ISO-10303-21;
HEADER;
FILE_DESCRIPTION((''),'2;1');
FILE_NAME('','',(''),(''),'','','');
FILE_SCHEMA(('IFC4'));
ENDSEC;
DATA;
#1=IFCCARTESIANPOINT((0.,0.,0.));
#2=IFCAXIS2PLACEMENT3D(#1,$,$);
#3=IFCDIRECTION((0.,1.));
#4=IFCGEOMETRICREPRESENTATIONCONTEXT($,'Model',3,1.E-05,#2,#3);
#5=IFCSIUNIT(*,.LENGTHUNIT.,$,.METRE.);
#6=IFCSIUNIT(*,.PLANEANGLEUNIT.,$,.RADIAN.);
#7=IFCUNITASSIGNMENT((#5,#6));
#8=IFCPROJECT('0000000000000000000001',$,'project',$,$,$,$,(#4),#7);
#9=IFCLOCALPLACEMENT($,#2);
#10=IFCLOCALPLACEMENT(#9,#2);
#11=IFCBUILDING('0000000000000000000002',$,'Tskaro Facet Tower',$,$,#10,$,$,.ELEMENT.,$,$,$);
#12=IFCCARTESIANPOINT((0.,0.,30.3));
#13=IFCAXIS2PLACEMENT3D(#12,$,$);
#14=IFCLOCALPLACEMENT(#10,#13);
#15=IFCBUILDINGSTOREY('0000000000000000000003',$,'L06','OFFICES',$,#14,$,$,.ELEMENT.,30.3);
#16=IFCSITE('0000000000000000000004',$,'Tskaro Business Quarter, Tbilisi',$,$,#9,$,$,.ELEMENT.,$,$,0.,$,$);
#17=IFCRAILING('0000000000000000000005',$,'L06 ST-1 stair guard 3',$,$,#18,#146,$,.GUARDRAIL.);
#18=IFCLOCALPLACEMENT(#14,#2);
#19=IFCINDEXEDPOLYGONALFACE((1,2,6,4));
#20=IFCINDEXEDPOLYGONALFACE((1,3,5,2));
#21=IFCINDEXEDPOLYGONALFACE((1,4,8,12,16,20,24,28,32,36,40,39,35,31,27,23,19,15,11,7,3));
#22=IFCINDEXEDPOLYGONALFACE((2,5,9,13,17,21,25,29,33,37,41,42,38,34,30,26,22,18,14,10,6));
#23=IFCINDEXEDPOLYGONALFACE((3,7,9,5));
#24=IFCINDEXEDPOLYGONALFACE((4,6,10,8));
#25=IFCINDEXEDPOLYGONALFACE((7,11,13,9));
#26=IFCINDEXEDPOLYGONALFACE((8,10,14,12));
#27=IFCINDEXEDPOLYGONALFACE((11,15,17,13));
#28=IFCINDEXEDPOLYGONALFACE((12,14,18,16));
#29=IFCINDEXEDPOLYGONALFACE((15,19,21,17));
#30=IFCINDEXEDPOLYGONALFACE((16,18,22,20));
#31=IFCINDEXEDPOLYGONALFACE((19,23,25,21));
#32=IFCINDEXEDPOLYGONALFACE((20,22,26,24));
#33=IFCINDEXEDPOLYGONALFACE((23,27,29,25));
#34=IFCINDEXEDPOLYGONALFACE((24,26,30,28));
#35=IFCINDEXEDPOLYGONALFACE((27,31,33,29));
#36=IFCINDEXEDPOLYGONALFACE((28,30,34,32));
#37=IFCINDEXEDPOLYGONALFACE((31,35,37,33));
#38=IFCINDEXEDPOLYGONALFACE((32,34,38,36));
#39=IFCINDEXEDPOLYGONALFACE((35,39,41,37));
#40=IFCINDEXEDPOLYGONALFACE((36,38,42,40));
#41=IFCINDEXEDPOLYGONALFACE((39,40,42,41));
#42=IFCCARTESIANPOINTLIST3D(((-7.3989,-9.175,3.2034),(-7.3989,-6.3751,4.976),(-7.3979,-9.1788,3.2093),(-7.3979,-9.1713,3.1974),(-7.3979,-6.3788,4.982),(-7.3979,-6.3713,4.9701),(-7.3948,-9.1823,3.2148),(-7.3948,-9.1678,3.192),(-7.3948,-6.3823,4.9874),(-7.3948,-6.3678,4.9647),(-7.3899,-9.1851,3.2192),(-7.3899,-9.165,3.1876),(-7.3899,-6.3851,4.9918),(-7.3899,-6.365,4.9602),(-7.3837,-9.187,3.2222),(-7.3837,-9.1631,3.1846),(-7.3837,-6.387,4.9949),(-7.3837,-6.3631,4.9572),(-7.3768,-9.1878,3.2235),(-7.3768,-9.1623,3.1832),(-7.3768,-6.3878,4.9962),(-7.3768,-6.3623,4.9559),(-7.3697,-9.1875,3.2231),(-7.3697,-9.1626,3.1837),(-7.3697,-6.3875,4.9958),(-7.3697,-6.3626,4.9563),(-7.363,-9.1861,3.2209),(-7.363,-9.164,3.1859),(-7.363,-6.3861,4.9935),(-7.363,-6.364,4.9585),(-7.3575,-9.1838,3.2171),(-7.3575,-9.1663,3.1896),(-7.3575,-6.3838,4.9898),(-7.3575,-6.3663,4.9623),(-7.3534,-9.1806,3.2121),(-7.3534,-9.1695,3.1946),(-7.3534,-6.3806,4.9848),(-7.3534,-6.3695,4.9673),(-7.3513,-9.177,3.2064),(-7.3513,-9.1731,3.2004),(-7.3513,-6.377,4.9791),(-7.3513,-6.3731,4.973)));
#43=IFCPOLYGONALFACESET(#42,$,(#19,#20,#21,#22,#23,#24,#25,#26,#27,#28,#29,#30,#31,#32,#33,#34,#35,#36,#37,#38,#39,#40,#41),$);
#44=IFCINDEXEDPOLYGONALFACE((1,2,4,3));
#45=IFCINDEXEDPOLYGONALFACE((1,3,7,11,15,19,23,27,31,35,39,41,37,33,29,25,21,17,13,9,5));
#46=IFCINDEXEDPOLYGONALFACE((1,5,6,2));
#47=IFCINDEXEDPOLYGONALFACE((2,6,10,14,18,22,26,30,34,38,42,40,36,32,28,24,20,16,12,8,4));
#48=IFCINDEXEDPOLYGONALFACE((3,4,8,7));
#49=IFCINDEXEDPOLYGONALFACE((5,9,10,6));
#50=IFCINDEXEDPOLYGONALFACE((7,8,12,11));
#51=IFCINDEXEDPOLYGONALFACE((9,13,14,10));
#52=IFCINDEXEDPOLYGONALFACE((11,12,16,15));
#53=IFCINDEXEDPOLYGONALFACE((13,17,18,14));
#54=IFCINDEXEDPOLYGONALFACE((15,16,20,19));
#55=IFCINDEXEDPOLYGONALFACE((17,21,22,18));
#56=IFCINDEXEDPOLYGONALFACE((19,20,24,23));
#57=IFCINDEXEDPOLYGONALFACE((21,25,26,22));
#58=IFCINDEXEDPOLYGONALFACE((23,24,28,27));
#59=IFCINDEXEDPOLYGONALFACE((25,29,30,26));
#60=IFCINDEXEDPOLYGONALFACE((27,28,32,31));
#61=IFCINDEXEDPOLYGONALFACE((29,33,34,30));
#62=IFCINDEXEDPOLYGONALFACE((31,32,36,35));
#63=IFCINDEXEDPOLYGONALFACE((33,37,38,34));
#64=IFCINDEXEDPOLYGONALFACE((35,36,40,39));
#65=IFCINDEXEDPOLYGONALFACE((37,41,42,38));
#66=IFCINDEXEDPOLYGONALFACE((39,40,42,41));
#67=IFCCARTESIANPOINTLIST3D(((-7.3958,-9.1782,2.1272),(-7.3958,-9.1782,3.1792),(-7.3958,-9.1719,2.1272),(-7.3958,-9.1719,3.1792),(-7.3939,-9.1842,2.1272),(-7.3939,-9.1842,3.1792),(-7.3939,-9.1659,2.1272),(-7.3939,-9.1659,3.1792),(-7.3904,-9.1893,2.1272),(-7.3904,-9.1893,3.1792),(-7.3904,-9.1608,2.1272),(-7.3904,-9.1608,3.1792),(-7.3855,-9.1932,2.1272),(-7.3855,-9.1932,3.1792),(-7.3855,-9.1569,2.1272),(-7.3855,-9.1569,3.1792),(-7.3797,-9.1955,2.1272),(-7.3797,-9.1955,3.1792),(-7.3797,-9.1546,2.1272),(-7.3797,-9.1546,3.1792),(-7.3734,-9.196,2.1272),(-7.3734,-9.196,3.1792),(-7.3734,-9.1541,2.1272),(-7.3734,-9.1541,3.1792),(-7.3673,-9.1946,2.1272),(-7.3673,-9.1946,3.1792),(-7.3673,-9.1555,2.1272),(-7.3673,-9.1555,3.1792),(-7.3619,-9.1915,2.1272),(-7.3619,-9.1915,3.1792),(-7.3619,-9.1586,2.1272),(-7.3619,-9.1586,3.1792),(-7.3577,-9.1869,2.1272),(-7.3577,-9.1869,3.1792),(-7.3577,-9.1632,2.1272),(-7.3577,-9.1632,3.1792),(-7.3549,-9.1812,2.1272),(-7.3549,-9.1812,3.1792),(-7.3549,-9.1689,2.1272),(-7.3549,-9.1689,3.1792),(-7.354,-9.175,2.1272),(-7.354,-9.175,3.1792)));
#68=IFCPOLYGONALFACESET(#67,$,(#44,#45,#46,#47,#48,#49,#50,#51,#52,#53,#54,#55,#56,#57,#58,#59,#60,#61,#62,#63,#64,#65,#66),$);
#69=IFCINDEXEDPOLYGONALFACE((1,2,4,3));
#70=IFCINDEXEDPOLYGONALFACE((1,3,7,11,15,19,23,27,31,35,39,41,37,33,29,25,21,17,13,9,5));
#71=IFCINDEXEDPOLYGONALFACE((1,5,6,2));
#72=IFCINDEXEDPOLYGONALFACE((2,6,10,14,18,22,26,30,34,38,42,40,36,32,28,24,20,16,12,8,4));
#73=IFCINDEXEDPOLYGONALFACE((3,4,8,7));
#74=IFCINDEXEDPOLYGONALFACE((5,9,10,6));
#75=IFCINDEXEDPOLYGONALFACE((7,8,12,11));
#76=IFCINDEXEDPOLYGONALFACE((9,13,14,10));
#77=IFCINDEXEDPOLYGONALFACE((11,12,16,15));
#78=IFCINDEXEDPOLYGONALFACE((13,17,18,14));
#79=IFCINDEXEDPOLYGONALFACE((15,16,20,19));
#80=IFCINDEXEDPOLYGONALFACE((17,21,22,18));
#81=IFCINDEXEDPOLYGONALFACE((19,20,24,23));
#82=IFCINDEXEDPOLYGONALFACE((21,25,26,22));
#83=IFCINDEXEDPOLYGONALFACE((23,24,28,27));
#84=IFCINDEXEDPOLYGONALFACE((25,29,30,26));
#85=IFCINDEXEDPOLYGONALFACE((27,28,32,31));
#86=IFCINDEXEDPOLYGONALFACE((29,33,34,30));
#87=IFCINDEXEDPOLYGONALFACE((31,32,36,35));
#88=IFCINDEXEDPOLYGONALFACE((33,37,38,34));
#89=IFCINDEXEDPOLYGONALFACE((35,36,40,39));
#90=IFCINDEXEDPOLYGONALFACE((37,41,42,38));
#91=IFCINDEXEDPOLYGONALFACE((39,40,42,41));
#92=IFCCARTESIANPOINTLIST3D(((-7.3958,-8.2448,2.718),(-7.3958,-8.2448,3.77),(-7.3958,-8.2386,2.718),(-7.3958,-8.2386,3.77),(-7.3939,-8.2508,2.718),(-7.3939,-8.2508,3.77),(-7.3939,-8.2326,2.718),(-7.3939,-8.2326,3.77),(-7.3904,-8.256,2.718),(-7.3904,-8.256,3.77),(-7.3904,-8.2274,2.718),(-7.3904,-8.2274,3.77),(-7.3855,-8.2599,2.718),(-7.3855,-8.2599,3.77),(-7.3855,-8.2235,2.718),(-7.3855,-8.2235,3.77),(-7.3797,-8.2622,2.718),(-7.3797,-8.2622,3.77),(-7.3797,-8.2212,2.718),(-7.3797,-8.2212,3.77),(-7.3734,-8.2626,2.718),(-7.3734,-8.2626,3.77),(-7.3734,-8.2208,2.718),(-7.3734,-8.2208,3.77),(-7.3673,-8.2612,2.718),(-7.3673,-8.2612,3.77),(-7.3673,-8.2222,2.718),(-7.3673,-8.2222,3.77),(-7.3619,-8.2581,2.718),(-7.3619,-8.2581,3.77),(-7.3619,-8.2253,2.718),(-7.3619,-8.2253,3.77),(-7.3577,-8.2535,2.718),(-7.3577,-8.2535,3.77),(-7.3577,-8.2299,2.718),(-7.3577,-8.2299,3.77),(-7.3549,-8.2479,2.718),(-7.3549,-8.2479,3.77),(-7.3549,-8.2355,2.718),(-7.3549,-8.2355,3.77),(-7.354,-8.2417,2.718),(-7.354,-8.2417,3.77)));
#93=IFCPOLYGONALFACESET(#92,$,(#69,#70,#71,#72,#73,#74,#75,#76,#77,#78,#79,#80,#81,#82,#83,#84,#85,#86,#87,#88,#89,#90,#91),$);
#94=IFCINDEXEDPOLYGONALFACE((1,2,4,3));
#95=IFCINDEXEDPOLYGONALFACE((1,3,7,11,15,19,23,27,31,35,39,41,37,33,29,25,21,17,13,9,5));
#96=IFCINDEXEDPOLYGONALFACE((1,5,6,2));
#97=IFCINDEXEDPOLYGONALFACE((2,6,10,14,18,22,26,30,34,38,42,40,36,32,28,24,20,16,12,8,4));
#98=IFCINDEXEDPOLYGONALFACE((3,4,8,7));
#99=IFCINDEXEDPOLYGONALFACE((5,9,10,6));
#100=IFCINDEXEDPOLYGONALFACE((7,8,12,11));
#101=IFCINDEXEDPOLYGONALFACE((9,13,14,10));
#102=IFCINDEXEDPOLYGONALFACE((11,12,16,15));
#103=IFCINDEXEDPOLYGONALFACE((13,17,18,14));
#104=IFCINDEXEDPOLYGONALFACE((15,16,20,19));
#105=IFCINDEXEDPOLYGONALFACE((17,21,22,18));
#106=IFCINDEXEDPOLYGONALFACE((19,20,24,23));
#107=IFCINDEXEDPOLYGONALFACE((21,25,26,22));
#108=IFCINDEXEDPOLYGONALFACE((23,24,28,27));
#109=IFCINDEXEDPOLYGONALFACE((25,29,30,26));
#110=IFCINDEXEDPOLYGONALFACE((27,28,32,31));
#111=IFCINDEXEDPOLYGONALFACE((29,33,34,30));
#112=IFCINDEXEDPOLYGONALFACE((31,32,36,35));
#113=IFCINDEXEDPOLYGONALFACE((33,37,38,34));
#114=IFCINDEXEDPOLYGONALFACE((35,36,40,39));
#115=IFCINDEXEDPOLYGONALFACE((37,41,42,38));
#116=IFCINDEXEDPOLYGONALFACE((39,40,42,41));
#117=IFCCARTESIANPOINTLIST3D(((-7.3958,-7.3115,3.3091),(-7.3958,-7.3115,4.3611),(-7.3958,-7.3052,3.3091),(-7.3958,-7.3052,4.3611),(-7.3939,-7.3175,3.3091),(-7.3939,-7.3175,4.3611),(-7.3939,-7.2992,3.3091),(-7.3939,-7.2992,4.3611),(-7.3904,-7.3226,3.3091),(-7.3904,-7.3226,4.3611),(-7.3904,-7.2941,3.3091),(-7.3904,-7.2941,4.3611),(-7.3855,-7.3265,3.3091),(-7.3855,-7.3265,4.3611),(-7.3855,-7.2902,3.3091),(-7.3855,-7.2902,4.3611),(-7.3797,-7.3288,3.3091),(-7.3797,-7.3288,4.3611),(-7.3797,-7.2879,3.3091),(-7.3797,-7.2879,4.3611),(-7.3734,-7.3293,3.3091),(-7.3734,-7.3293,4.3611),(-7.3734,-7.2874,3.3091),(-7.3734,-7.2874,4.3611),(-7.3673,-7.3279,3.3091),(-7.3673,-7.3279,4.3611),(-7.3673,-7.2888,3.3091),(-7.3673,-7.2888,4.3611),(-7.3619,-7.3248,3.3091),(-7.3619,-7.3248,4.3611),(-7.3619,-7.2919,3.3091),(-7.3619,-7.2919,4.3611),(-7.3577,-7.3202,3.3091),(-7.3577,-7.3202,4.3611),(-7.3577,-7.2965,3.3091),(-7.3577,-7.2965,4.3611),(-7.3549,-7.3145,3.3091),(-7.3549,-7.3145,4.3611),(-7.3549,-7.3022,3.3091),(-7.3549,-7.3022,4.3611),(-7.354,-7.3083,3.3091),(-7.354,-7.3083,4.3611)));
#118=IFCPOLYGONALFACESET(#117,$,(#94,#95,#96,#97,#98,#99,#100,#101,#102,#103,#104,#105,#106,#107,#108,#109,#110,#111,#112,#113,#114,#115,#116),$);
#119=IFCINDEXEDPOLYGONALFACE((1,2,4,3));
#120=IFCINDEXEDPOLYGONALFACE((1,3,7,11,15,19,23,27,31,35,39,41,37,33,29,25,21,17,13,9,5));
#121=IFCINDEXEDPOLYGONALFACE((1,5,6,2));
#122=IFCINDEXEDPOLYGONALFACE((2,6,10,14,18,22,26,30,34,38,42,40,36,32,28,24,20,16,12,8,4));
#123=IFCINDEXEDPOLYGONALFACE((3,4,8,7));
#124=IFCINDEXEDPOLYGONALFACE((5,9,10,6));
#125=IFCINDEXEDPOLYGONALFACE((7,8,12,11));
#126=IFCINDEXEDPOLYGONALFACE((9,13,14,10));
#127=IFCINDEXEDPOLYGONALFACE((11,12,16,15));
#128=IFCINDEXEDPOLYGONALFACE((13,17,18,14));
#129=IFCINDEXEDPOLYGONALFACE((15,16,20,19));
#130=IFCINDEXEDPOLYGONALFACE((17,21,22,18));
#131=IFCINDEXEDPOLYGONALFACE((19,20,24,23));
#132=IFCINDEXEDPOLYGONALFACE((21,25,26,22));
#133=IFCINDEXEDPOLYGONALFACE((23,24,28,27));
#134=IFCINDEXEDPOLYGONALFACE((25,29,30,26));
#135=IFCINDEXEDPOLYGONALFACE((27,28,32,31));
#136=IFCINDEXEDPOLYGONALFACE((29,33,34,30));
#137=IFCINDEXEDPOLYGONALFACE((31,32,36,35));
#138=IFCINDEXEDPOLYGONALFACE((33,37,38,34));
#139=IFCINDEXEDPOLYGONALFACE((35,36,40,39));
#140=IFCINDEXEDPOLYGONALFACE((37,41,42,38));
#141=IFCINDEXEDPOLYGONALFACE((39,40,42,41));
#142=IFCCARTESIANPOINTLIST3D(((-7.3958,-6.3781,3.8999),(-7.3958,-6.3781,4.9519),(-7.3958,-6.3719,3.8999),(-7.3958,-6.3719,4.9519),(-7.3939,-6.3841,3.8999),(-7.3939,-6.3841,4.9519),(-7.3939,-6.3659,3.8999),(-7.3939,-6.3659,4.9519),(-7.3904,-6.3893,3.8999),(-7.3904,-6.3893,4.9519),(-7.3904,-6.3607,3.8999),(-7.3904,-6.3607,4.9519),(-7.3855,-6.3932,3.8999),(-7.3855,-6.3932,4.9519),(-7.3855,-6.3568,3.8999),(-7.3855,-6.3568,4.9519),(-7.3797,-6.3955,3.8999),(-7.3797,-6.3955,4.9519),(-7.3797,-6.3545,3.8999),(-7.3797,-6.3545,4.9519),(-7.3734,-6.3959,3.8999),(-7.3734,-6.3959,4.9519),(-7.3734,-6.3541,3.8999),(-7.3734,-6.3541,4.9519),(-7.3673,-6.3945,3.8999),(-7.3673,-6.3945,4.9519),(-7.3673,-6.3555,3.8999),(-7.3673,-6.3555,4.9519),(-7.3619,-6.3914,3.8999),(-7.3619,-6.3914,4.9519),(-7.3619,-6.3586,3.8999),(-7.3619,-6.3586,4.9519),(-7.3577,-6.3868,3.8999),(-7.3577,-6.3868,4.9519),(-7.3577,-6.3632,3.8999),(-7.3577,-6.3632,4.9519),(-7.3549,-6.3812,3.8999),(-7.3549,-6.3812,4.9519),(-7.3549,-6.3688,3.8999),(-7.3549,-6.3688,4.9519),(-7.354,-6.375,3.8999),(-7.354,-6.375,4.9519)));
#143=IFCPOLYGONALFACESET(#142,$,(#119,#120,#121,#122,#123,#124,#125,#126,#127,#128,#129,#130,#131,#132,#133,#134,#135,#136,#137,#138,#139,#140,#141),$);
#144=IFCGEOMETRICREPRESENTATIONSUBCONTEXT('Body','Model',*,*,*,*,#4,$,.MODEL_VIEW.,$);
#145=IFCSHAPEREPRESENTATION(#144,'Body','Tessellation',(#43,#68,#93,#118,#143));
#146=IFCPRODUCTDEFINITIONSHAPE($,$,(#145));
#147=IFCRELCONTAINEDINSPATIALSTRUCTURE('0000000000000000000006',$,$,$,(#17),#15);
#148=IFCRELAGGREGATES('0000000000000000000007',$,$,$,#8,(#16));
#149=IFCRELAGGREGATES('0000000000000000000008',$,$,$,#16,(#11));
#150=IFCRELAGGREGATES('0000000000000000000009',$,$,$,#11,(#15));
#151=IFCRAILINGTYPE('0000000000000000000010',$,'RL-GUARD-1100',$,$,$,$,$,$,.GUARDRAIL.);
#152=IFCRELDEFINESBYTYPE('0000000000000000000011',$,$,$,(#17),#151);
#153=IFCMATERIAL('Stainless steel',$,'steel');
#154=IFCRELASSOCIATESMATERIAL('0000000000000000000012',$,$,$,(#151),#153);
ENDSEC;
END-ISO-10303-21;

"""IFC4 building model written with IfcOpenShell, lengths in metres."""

from ifc_helpers import new_model, si_unit, direction, frame, origin, origin_2d, place, context, subcontext, project, spatial, circle, extrude, material, type_object, element, save


model = new_model("IFC4")

# Units and contexts
model_context = context("Model", 3, precision=1e-05, world=origin(), true_north=direction((0.0, 1.0)))
body_context = subcontext(model_context, "Body", "Model", "MODEL_VIEW")
ifc_project = project(units=[si_unit("LENGTHUNIT", "METRE"), si_unit("PLANEANGLEUNIT", "RADIAN")], contexts=[model_context])

# Site, building, storey
site_placement = place(None, origin())
site = spatial("IfcSite", under=ifc_project, at=site_placement, Name="Tskaro Business Quarter, Tbilisi", CompositionType="ELEMENT", RefElevation=0.0)
building_placement = place(site_placement, origin())
building = spatial("IfcBuilding", under=site, at=building_placement, Name="Tskaro Facet Tower", CompositionType="ELEMENT")
storey_placement = place(building_placement, frame((0.0, 0.0, 30.3)))
storey = spatial("IfcBuildingStorey", under=building, at=storey_placement, Name="L06", Description="OFFICES", CompositionType="ELEMENT", Elevation=30.3)

# Shared definitions
ifc_material_1 = material(Name="Stainless steel", Category="steel")

# Railing
railing_type_1 = type_object("IfcRailingType", Name="RL-GUARD-1100", PredefinedType="GUARDRAIL", material=ifc_material_1)
railing_1_placement = place(storey_placement, frame((-7.375, -9.175, 2.1272)))
element("IfcRailing", 1, at=railing_1_placement, inside=storey, type_object=railing_type_1, Name="L06 ST-1 stair guard 3", PredefinedType="GUARDRAIL", context=body_context, shape_type="SweptSolid", body=[
    extrude(circle(Radius=0.0239, at=origin_2d()), frame((0.0, 0.0, 1.0762), z_axis=(0.0, 0.844909, 0.53491), x_axis=(-1.0, 0.0, 0.0)), (0.0, 0.0, 1.0), 3.314),
    extrude(circle(Radius=0.021, at=origin_2d()), origin(), (0.0, 0.0, 1.0), 1.052),
    extrude(circle(Radius=0.021, at=origin_2d()), frame((0.0, 0.9333, 0.5908)), (0.0, 0.0, 1.0), 1.052),
    extrude(circle(Radius=0.021, at=origin_2d()), frame((0.0, 1.8667, 1.1819)), (0.0, 0.0, 1.0), 1.052),
    extrude(circle(Radius=0.021, at=origin_2d()), frame((0.0, 2.8, 1.7727)), (0.0, 0.0, 1.0), 1.052),
])

save(model, "model.ifc")
